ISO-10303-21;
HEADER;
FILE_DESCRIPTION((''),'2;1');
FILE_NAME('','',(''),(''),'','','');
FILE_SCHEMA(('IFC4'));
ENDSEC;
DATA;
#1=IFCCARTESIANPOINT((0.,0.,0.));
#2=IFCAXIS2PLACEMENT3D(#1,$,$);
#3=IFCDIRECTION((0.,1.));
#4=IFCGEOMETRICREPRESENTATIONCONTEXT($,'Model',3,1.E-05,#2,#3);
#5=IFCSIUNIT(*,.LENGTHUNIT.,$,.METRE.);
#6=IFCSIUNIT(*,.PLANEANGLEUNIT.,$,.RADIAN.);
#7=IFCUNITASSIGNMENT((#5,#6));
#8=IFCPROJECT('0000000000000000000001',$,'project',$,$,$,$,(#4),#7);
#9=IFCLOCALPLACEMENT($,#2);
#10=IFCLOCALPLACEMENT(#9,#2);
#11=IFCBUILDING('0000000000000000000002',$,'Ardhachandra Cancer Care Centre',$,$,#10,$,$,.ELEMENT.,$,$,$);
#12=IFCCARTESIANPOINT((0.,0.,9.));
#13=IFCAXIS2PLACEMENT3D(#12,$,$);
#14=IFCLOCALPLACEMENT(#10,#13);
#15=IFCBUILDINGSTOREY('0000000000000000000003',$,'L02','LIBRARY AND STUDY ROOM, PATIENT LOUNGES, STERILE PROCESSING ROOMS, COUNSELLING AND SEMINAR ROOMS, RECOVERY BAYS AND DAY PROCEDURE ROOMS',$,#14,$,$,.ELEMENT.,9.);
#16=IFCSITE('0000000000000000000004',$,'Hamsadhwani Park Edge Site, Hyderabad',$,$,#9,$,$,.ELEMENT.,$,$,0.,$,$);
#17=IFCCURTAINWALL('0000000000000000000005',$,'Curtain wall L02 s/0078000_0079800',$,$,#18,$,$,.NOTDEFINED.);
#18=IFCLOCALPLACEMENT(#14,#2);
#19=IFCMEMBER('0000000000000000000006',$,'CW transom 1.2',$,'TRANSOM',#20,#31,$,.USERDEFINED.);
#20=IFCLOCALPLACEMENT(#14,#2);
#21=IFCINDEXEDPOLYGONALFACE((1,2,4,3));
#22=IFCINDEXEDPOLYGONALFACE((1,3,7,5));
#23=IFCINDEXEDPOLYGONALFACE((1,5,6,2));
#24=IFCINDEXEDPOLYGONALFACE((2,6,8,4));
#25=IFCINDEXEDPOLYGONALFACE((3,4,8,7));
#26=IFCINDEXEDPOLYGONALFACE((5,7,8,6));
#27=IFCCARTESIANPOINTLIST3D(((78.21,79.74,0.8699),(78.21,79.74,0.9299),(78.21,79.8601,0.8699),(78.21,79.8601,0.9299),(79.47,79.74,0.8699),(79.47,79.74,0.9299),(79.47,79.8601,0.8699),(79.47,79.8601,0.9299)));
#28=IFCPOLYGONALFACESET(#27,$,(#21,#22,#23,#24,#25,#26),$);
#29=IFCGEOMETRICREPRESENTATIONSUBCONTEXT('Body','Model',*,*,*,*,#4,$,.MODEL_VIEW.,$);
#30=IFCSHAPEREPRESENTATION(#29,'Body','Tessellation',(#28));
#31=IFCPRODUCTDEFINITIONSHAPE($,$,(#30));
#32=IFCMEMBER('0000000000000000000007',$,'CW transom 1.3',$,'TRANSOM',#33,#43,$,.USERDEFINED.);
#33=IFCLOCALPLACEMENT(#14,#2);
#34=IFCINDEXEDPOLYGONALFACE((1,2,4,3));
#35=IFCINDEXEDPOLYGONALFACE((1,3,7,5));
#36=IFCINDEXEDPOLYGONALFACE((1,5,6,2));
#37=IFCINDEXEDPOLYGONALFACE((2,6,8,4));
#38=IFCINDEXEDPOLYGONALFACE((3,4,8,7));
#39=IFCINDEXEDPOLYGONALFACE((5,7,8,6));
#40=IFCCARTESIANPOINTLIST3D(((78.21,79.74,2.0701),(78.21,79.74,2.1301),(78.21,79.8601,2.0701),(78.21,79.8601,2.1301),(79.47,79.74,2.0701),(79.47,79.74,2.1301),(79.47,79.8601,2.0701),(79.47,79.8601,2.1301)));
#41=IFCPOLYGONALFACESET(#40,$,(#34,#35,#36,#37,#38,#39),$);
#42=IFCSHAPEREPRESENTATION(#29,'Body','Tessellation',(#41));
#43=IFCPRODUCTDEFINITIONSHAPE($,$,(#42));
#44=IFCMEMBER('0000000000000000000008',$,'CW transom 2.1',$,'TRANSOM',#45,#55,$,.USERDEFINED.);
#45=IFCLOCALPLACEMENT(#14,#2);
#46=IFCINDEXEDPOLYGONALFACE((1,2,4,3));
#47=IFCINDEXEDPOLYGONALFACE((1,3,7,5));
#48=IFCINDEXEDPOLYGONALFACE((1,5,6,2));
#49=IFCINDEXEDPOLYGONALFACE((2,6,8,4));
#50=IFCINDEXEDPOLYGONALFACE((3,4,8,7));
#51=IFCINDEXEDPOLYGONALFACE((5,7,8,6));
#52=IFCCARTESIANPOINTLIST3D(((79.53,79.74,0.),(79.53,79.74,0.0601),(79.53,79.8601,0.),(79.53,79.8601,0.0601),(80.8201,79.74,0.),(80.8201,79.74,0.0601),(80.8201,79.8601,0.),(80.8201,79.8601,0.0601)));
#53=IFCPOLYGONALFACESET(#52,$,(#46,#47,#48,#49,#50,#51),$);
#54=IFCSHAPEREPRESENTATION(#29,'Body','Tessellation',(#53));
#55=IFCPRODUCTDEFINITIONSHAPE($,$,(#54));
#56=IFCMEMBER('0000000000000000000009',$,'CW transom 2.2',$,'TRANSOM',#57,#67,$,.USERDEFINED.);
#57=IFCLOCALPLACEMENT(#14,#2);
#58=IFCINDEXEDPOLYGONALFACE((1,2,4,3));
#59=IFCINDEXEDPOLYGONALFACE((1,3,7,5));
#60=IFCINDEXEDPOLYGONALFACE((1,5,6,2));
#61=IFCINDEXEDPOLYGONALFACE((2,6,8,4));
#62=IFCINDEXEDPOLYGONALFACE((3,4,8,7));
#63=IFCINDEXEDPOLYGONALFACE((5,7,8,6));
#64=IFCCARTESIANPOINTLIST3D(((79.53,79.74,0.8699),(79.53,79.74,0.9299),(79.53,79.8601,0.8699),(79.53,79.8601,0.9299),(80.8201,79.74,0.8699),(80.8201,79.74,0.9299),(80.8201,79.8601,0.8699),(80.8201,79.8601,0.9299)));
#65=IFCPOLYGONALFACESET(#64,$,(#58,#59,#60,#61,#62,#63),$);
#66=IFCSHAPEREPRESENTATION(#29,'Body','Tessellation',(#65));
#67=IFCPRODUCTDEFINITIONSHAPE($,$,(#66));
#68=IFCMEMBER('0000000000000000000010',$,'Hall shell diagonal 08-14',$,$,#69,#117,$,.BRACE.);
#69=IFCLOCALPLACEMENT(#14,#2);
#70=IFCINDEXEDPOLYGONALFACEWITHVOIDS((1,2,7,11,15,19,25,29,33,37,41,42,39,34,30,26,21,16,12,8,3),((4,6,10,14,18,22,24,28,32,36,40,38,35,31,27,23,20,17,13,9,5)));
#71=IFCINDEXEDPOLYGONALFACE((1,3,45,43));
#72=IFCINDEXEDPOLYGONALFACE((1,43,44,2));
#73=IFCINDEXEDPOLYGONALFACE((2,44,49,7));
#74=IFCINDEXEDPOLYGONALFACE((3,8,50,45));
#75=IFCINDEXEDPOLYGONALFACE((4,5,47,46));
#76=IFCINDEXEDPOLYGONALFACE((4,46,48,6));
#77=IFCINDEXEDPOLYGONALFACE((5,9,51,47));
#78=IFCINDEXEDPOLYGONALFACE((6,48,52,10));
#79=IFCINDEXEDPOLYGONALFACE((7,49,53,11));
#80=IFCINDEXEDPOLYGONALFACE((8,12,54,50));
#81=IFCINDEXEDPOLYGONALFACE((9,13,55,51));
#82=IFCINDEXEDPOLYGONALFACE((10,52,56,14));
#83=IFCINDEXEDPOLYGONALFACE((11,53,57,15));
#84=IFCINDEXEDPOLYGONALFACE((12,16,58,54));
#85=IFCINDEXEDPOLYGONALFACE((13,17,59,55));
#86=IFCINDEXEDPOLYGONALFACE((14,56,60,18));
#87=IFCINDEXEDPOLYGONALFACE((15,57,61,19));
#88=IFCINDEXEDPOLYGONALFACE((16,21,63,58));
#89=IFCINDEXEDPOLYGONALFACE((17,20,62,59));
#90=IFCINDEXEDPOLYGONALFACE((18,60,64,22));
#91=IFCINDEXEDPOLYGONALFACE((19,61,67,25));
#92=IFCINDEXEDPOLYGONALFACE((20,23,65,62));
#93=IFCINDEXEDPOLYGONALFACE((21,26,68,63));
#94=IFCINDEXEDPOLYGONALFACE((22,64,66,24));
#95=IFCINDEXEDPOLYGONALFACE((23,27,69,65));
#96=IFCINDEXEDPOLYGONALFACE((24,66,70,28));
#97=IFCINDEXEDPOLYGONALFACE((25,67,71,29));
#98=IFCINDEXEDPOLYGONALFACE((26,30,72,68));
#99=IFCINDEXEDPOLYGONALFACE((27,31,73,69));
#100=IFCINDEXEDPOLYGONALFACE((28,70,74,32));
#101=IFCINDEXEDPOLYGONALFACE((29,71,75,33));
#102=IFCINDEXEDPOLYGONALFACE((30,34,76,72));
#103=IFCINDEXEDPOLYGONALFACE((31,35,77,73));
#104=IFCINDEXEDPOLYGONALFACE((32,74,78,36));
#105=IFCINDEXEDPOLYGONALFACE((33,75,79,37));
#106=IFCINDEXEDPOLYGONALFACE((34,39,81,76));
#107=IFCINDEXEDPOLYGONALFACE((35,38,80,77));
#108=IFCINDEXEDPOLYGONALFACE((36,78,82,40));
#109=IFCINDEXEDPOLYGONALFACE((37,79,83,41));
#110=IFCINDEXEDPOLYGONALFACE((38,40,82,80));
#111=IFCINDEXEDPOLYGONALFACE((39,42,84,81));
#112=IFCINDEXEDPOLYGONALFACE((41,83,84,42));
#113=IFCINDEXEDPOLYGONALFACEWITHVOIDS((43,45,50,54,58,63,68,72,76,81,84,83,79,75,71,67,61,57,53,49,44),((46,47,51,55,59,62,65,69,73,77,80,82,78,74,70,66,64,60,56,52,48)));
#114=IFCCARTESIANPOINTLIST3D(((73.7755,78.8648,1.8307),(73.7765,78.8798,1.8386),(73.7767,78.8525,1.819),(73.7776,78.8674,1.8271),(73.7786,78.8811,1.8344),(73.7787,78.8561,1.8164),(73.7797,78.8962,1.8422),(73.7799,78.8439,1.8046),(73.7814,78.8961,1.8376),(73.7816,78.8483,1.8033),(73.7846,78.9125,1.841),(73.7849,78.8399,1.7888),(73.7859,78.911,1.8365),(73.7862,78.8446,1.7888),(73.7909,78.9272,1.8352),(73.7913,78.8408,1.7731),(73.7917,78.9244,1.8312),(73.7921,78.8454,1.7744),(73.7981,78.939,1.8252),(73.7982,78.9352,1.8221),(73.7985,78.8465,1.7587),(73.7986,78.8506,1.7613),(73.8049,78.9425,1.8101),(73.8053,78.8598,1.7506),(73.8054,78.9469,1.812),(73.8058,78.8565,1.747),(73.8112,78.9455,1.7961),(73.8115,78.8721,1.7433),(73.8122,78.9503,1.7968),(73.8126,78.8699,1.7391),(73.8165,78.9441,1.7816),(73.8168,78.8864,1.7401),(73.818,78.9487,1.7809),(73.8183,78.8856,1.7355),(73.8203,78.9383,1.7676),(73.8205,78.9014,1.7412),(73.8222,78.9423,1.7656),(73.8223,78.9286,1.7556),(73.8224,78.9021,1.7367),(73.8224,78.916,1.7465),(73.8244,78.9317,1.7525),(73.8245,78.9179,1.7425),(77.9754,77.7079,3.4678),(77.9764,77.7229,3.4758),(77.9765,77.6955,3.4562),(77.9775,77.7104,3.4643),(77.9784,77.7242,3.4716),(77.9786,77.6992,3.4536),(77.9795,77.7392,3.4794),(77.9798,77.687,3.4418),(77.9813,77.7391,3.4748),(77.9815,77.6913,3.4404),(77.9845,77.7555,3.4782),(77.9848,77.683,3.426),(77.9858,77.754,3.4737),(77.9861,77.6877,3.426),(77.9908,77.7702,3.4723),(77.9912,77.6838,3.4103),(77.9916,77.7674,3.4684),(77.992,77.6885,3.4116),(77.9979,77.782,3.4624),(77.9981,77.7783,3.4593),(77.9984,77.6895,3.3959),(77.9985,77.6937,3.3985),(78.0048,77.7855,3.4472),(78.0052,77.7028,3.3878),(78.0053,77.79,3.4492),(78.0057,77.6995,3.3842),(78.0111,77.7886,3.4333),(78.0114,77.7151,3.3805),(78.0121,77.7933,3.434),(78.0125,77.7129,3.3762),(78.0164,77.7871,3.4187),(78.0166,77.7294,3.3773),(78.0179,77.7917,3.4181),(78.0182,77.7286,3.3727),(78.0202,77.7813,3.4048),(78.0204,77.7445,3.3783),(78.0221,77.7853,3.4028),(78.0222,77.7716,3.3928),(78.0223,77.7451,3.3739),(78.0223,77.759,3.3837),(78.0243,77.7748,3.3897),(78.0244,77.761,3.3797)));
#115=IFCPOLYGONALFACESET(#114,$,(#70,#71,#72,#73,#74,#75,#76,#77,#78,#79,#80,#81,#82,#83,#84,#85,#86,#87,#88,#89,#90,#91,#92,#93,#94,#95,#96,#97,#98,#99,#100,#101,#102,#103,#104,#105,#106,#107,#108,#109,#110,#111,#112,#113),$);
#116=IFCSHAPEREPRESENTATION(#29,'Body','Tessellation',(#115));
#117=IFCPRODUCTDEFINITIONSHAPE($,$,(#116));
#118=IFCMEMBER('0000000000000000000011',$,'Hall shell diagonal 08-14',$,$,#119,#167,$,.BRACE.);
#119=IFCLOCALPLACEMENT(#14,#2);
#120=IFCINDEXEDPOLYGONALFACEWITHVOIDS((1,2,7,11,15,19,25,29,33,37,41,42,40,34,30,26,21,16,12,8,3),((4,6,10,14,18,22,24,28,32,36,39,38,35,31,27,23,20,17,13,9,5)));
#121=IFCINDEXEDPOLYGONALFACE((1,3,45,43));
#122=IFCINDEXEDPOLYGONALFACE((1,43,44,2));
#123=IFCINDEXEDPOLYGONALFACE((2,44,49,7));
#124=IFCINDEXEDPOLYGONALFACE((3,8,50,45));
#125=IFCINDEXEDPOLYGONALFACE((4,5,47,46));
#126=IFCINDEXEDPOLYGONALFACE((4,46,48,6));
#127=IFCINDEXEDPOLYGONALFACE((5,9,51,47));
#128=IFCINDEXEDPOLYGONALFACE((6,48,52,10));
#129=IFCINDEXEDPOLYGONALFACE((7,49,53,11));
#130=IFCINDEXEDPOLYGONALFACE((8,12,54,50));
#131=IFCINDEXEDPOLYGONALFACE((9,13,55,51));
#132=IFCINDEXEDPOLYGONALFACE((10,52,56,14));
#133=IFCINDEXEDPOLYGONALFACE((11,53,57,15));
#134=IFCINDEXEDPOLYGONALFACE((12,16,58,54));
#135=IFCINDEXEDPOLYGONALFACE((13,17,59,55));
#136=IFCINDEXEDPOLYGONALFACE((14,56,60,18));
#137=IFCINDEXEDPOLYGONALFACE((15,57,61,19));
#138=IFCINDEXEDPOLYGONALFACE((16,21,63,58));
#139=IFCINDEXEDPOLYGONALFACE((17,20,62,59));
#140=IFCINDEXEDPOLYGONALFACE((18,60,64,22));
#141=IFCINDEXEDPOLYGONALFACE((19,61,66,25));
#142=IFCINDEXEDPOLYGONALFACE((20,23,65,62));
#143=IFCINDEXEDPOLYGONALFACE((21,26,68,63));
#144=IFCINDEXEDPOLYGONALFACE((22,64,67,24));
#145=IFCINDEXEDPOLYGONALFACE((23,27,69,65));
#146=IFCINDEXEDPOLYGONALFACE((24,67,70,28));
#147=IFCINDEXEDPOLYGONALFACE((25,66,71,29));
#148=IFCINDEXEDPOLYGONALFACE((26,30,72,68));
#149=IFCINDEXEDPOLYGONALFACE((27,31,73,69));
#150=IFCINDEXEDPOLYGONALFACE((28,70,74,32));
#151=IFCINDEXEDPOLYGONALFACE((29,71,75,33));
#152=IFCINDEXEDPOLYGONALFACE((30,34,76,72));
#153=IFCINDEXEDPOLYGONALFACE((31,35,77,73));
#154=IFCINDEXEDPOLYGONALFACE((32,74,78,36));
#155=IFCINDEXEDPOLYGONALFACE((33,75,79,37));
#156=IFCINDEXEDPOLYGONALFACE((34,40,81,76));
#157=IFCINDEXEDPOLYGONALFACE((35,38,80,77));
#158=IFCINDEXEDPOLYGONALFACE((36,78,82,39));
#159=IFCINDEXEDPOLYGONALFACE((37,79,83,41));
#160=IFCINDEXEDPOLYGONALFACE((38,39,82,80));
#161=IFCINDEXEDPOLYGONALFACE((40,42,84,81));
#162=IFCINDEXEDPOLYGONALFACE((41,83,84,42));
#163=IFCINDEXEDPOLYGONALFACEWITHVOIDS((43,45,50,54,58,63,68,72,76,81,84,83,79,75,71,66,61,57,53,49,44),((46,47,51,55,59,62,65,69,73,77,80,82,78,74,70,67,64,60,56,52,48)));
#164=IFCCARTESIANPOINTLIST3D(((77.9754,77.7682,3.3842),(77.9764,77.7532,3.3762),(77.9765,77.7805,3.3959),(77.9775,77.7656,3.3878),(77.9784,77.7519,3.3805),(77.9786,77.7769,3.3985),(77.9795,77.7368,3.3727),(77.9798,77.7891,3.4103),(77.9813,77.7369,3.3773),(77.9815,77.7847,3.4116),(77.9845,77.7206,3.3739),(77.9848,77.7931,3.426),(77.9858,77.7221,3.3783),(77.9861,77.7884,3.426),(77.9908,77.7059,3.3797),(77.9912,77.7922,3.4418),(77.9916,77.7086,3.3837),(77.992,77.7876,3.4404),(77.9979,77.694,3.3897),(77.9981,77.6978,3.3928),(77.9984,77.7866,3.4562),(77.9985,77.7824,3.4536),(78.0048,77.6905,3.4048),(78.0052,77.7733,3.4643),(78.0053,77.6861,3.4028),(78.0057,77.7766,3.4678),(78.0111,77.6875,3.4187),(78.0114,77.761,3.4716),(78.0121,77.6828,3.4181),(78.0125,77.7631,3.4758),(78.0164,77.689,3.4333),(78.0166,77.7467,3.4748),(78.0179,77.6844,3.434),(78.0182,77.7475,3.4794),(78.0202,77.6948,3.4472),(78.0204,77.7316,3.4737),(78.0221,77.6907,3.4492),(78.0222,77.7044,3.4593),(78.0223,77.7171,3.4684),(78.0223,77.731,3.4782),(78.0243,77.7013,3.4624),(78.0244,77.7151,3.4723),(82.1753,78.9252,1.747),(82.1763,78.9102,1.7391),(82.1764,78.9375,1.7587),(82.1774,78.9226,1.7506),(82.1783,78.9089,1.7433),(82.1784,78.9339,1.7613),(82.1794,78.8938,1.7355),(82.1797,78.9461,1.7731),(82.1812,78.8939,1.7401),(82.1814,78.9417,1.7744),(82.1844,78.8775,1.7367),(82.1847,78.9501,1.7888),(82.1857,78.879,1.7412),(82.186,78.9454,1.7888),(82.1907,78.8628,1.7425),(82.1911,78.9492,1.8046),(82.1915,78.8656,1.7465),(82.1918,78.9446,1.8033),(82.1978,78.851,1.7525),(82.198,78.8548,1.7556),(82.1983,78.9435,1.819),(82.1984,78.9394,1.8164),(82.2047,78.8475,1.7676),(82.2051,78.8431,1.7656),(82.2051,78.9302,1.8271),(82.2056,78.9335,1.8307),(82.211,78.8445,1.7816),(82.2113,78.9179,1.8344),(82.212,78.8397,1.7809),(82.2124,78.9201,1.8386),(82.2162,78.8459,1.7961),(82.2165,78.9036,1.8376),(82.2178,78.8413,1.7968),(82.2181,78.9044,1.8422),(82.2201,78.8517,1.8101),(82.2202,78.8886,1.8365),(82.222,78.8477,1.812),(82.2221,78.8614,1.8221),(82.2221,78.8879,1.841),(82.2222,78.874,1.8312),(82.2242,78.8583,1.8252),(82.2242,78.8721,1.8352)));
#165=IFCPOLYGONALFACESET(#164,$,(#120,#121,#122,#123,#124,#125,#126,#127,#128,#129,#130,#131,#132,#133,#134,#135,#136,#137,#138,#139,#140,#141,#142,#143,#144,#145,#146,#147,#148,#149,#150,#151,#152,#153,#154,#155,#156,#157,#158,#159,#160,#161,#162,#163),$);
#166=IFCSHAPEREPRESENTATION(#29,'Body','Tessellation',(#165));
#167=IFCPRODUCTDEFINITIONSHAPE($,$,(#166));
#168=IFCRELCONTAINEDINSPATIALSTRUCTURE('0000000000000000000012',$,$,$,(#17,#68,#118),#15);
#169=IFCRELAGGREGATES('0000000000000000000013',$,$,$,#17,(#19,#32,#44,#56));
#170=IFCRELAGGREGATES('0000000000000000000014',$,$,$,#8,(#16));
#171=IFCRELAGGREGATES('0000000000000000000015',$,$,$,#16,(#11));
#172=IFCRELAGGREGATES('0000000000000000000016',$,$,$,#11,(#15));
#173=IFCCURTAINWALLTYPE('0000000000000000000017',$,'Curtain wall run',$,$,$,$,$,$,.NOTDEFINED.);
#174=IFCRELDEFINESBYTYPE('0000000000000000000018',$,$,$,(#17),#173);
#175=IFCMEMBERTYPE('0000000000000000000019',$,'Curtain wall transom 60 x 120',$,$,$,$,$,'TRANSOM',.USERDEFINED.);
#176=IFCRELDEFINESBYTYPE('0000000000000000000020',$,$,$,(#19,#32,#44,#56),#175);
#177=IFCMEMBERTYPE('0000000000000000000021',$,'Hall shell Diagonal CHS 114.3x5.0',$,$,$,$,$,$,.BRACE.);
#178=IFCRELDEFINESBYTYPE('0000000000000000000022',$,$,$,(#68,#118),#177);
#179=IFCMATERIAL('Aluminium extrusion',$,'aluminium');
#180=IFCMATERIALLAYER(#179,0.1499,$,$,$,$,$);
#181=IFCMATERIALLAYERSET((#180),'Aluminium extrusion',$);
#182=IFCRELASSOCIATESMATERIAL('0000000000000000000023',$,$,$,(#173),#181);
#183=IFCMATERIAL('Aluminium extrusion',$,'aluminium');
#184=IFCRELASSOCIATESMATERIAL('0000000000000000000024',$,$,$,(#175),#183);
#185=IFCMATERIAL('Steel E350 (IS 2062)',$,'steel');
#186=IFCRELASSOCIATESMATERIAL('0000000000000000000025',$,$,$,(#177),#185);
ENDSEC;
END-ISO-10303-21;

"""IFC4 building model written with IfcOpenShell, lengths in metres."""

from ifc_helpers import new_model, si_unit, direction, frame, origin, origin_2d, place, context, subcontext, project, spatial, rectangle, hollow_circle, extrude, material, layer, layer_set, material_profile, profile_set, type_object, element, aggregate, save


model = new_model("IFC4")

# Units and contexts
model_context = context("Model", 3, precision=1e-05, world=origin(), true_north=direction((0.0, 1.0)))
body_context = subcontext(model_context, "Body", "Model", "MODEL_VIEW")
ifc_project = project(units=[si_unit("LENGTHUNIT", "METRE"), si_unit("PLANEANGLEUNIT", "RADIAN")], contexts=[model_context])

# Site, building, storey
site_placement = place(None, origin())
site = spatial("IfcSite", under=ifc_project, at=site_placement, Name="Hamsadhwani Park Edge Site, Hyderabad", CompositionType="ELEMENT", RefElevation=0.0)
building_placement = place(site_placement, origin())
building = spatial("IfcBuilding", under=site, at=building_placement, Name="Ardhachandra Cancer Care Centre", CompositionType="ELEMENT")
storey_placement = place(building_placement, frame((0.0, 0.0, 9.0)))
storey = spatial("IfcBuildingStorey", under=building, at=storey_placement, Name="L02", Description="LIBRARY AND STUDY ROOM, PATIENT LOUNGES, STERILE PROCESSING ROOMS, COUNSELLING AND SEMINAR ROOMS, RECOVERY BAYS AND DAY PROCEDURE ROOMS", CompositionType="ELEMENT", Elevation=9.0)

# Curtain wall, members
ifc_material_1 = material(Name="Aluminium extrusion", Category="aluminium")
ifc_layer_1 = layer(ifc_material_1, 0.1499)
ifc_layer_set_1 = layer_set([ifc_layer_1], Name="Aluminium extrusion")
curtain_wall_type = type_object("IfcCurtainWallType", Name="Curtain wall run", PredefinedType="NOTDEFINED", material=ifc_layer_set_1)
curtain_wall_placement = place(storey_placement, origin())
curtain_wall = element("IfcCurtainWall", 1, at=curtain_wall_placement, inside=storey, type_object=curtain_wall_type, Name="Curtain wall L02 s/0078000_0079800", PredefinedType="NOTDEFINED")
ifc_material_2 = material(Name="Aluminium extrusion", Category="aluminium")
ifc_material_profile_1 = material_profile(ifc_material_2, rectangle(XDim=0.1201, YDim=0.0601, at=origin_2d()), Name="Curtain wall transom 60 x 120")
ifc_profile_set_1 = profile_set([ifc_material_profile_1], Name="Aluminium extrusion")
member_type_1 = type_object("IfcMemberType", Name="Curtain wall transom 60 x 120", ElementType="TRANSOM", PredefinedType="USERDEFINED", material=ifc_profile_set_1)
member_1_placement = place(storey_placement, frame((78.21, 79.8, 0.8999), z_axis=(1.0, 0.0, 0.0), x_axis=(0.0, 1.0, 0.0)))
member_1 = element("IfcMember", 2, at=member_1_placement, type_object=member_type_1, Name="CW transom 1.2", ObjectType="TRANSOM", PredefinedType="USERDEFINED", context=body_context, shape_type="SweptSolid", body=[
    extrude(rectangle(XDim=0.1201, YDim=0.0601, at=origin_2d()), origin(), (0.0, 0.0, 1.0), 1.26),
])
member_2_placement = place(storey_placement, frame((78.21, 79.8, 2.1001), z_axis=(1.0, 0.0, 0.0), x_axis=(0.0, 1.0, 0.0)))
member_2 = element("IfcMember", 3, at=member_2_placement, type_object=member_type_1, Name="CW transom 1.3", ObjectType="TRANSOM", PredefinedType="USERDEFINED", context=body_context, shape_type="SweptSolid", body=[
    extrude(rectangle(XDim=0.1201, YDim=0.0601, at=origin_2d()), origin(), (0.0, 0.0, 1.0), 1.26),
])
member_3_placement = place(storey_placement, frame((79.53, 79.8, 0.03), z_axis=(1.0, 0.0, 0.0), x_axis=(0.0, 1.0, 0.0)))
member_3 = element("IfcMember", 4, at=member_3_placement, type_object=member_type_1, Name="CW transom 2.1", ObjectType="TRANSOM", PredefinedType="USERDEFINED", context=body_context, shape_type="SweptSolid", body=[
    extrude(rectangle(XDim=0.1201, YDim=0.0601, at=origin_2d()), origin(), (0.0, 0.0, 1.0), 1.29),
])
member_4_placement = place(storey_placement, frame((79.53, 79.8, 0.8999), z_axis=(1.0, 0.0, 0.0), x_axis=(0.0, 1.0, 0.0)))
member_4 = element("IfcMember", 5, at=member_4_placement, type_object=member_type_1, Name="CW transom 2.2", ObjectType="TRANSOM", PredefinedType="USERDEFINED", context=body_context, shape_type="SweptSolid", body=[
    extrude(rectangle(XDim=0.1201, YDim=0.0601, at=origin_2d()), origin(), (0.0, 0.0, 1.0), 1.29),
])

# Members
ifc_material_3 = material(Name="Steel E350 (IS 2062)", Category="steel")
ifc_material_profile_2 = material_profile(ifc_material_3, hollow_circle(Radius=0.0571, WallThickness=0.0049, at=origin_2d()), Name="CHS 114.3x5.0")
ifc_profile_set_2 = profile_set([ifc_material_profile_2], Name="Steel E350 (IS 2062)")
member_type_2 = type_object("IfcMemberType", Name="Hall shell Diagonal CHS 114.3x5.0", PredefinedType="BRACE", material=ifc_profile_set_2)
for number, where, z_axis, x_axis, name in (
    (6, (78.0, 77.738, 3.426), (-0.902461, 0.248606, -0.351794), (-0.265582, -0.964088, 0.0), "Hall shell diagonal 08-14"),
    (7, (78.0, 77.738, 3.426), (0.902461, 0.248606, -0.351794), (-0.265582, 0.964088, 0.0), "Hall shell diagonal 08-14"),
):
    element("IfcMember", number, at=place(storey_placement, frame(where, z_axis=z_axis, x_axis=x_axis)), inside=storey, type_object=member_type_2, Name=name, PredefinedType="BRACE", context=body_context, shape_type="SweptSolid", body=[
        extrude(hollow_circle(Radius=0.0571, WallThickness=0.0049, at=origin_2d()), origin(), (0.0, 0.0, 1.0), 4.6538),
    ])

aggregate(curtain_wall, [member_1, member_2, member_3, member_4])

save(model, "model.ifc")
